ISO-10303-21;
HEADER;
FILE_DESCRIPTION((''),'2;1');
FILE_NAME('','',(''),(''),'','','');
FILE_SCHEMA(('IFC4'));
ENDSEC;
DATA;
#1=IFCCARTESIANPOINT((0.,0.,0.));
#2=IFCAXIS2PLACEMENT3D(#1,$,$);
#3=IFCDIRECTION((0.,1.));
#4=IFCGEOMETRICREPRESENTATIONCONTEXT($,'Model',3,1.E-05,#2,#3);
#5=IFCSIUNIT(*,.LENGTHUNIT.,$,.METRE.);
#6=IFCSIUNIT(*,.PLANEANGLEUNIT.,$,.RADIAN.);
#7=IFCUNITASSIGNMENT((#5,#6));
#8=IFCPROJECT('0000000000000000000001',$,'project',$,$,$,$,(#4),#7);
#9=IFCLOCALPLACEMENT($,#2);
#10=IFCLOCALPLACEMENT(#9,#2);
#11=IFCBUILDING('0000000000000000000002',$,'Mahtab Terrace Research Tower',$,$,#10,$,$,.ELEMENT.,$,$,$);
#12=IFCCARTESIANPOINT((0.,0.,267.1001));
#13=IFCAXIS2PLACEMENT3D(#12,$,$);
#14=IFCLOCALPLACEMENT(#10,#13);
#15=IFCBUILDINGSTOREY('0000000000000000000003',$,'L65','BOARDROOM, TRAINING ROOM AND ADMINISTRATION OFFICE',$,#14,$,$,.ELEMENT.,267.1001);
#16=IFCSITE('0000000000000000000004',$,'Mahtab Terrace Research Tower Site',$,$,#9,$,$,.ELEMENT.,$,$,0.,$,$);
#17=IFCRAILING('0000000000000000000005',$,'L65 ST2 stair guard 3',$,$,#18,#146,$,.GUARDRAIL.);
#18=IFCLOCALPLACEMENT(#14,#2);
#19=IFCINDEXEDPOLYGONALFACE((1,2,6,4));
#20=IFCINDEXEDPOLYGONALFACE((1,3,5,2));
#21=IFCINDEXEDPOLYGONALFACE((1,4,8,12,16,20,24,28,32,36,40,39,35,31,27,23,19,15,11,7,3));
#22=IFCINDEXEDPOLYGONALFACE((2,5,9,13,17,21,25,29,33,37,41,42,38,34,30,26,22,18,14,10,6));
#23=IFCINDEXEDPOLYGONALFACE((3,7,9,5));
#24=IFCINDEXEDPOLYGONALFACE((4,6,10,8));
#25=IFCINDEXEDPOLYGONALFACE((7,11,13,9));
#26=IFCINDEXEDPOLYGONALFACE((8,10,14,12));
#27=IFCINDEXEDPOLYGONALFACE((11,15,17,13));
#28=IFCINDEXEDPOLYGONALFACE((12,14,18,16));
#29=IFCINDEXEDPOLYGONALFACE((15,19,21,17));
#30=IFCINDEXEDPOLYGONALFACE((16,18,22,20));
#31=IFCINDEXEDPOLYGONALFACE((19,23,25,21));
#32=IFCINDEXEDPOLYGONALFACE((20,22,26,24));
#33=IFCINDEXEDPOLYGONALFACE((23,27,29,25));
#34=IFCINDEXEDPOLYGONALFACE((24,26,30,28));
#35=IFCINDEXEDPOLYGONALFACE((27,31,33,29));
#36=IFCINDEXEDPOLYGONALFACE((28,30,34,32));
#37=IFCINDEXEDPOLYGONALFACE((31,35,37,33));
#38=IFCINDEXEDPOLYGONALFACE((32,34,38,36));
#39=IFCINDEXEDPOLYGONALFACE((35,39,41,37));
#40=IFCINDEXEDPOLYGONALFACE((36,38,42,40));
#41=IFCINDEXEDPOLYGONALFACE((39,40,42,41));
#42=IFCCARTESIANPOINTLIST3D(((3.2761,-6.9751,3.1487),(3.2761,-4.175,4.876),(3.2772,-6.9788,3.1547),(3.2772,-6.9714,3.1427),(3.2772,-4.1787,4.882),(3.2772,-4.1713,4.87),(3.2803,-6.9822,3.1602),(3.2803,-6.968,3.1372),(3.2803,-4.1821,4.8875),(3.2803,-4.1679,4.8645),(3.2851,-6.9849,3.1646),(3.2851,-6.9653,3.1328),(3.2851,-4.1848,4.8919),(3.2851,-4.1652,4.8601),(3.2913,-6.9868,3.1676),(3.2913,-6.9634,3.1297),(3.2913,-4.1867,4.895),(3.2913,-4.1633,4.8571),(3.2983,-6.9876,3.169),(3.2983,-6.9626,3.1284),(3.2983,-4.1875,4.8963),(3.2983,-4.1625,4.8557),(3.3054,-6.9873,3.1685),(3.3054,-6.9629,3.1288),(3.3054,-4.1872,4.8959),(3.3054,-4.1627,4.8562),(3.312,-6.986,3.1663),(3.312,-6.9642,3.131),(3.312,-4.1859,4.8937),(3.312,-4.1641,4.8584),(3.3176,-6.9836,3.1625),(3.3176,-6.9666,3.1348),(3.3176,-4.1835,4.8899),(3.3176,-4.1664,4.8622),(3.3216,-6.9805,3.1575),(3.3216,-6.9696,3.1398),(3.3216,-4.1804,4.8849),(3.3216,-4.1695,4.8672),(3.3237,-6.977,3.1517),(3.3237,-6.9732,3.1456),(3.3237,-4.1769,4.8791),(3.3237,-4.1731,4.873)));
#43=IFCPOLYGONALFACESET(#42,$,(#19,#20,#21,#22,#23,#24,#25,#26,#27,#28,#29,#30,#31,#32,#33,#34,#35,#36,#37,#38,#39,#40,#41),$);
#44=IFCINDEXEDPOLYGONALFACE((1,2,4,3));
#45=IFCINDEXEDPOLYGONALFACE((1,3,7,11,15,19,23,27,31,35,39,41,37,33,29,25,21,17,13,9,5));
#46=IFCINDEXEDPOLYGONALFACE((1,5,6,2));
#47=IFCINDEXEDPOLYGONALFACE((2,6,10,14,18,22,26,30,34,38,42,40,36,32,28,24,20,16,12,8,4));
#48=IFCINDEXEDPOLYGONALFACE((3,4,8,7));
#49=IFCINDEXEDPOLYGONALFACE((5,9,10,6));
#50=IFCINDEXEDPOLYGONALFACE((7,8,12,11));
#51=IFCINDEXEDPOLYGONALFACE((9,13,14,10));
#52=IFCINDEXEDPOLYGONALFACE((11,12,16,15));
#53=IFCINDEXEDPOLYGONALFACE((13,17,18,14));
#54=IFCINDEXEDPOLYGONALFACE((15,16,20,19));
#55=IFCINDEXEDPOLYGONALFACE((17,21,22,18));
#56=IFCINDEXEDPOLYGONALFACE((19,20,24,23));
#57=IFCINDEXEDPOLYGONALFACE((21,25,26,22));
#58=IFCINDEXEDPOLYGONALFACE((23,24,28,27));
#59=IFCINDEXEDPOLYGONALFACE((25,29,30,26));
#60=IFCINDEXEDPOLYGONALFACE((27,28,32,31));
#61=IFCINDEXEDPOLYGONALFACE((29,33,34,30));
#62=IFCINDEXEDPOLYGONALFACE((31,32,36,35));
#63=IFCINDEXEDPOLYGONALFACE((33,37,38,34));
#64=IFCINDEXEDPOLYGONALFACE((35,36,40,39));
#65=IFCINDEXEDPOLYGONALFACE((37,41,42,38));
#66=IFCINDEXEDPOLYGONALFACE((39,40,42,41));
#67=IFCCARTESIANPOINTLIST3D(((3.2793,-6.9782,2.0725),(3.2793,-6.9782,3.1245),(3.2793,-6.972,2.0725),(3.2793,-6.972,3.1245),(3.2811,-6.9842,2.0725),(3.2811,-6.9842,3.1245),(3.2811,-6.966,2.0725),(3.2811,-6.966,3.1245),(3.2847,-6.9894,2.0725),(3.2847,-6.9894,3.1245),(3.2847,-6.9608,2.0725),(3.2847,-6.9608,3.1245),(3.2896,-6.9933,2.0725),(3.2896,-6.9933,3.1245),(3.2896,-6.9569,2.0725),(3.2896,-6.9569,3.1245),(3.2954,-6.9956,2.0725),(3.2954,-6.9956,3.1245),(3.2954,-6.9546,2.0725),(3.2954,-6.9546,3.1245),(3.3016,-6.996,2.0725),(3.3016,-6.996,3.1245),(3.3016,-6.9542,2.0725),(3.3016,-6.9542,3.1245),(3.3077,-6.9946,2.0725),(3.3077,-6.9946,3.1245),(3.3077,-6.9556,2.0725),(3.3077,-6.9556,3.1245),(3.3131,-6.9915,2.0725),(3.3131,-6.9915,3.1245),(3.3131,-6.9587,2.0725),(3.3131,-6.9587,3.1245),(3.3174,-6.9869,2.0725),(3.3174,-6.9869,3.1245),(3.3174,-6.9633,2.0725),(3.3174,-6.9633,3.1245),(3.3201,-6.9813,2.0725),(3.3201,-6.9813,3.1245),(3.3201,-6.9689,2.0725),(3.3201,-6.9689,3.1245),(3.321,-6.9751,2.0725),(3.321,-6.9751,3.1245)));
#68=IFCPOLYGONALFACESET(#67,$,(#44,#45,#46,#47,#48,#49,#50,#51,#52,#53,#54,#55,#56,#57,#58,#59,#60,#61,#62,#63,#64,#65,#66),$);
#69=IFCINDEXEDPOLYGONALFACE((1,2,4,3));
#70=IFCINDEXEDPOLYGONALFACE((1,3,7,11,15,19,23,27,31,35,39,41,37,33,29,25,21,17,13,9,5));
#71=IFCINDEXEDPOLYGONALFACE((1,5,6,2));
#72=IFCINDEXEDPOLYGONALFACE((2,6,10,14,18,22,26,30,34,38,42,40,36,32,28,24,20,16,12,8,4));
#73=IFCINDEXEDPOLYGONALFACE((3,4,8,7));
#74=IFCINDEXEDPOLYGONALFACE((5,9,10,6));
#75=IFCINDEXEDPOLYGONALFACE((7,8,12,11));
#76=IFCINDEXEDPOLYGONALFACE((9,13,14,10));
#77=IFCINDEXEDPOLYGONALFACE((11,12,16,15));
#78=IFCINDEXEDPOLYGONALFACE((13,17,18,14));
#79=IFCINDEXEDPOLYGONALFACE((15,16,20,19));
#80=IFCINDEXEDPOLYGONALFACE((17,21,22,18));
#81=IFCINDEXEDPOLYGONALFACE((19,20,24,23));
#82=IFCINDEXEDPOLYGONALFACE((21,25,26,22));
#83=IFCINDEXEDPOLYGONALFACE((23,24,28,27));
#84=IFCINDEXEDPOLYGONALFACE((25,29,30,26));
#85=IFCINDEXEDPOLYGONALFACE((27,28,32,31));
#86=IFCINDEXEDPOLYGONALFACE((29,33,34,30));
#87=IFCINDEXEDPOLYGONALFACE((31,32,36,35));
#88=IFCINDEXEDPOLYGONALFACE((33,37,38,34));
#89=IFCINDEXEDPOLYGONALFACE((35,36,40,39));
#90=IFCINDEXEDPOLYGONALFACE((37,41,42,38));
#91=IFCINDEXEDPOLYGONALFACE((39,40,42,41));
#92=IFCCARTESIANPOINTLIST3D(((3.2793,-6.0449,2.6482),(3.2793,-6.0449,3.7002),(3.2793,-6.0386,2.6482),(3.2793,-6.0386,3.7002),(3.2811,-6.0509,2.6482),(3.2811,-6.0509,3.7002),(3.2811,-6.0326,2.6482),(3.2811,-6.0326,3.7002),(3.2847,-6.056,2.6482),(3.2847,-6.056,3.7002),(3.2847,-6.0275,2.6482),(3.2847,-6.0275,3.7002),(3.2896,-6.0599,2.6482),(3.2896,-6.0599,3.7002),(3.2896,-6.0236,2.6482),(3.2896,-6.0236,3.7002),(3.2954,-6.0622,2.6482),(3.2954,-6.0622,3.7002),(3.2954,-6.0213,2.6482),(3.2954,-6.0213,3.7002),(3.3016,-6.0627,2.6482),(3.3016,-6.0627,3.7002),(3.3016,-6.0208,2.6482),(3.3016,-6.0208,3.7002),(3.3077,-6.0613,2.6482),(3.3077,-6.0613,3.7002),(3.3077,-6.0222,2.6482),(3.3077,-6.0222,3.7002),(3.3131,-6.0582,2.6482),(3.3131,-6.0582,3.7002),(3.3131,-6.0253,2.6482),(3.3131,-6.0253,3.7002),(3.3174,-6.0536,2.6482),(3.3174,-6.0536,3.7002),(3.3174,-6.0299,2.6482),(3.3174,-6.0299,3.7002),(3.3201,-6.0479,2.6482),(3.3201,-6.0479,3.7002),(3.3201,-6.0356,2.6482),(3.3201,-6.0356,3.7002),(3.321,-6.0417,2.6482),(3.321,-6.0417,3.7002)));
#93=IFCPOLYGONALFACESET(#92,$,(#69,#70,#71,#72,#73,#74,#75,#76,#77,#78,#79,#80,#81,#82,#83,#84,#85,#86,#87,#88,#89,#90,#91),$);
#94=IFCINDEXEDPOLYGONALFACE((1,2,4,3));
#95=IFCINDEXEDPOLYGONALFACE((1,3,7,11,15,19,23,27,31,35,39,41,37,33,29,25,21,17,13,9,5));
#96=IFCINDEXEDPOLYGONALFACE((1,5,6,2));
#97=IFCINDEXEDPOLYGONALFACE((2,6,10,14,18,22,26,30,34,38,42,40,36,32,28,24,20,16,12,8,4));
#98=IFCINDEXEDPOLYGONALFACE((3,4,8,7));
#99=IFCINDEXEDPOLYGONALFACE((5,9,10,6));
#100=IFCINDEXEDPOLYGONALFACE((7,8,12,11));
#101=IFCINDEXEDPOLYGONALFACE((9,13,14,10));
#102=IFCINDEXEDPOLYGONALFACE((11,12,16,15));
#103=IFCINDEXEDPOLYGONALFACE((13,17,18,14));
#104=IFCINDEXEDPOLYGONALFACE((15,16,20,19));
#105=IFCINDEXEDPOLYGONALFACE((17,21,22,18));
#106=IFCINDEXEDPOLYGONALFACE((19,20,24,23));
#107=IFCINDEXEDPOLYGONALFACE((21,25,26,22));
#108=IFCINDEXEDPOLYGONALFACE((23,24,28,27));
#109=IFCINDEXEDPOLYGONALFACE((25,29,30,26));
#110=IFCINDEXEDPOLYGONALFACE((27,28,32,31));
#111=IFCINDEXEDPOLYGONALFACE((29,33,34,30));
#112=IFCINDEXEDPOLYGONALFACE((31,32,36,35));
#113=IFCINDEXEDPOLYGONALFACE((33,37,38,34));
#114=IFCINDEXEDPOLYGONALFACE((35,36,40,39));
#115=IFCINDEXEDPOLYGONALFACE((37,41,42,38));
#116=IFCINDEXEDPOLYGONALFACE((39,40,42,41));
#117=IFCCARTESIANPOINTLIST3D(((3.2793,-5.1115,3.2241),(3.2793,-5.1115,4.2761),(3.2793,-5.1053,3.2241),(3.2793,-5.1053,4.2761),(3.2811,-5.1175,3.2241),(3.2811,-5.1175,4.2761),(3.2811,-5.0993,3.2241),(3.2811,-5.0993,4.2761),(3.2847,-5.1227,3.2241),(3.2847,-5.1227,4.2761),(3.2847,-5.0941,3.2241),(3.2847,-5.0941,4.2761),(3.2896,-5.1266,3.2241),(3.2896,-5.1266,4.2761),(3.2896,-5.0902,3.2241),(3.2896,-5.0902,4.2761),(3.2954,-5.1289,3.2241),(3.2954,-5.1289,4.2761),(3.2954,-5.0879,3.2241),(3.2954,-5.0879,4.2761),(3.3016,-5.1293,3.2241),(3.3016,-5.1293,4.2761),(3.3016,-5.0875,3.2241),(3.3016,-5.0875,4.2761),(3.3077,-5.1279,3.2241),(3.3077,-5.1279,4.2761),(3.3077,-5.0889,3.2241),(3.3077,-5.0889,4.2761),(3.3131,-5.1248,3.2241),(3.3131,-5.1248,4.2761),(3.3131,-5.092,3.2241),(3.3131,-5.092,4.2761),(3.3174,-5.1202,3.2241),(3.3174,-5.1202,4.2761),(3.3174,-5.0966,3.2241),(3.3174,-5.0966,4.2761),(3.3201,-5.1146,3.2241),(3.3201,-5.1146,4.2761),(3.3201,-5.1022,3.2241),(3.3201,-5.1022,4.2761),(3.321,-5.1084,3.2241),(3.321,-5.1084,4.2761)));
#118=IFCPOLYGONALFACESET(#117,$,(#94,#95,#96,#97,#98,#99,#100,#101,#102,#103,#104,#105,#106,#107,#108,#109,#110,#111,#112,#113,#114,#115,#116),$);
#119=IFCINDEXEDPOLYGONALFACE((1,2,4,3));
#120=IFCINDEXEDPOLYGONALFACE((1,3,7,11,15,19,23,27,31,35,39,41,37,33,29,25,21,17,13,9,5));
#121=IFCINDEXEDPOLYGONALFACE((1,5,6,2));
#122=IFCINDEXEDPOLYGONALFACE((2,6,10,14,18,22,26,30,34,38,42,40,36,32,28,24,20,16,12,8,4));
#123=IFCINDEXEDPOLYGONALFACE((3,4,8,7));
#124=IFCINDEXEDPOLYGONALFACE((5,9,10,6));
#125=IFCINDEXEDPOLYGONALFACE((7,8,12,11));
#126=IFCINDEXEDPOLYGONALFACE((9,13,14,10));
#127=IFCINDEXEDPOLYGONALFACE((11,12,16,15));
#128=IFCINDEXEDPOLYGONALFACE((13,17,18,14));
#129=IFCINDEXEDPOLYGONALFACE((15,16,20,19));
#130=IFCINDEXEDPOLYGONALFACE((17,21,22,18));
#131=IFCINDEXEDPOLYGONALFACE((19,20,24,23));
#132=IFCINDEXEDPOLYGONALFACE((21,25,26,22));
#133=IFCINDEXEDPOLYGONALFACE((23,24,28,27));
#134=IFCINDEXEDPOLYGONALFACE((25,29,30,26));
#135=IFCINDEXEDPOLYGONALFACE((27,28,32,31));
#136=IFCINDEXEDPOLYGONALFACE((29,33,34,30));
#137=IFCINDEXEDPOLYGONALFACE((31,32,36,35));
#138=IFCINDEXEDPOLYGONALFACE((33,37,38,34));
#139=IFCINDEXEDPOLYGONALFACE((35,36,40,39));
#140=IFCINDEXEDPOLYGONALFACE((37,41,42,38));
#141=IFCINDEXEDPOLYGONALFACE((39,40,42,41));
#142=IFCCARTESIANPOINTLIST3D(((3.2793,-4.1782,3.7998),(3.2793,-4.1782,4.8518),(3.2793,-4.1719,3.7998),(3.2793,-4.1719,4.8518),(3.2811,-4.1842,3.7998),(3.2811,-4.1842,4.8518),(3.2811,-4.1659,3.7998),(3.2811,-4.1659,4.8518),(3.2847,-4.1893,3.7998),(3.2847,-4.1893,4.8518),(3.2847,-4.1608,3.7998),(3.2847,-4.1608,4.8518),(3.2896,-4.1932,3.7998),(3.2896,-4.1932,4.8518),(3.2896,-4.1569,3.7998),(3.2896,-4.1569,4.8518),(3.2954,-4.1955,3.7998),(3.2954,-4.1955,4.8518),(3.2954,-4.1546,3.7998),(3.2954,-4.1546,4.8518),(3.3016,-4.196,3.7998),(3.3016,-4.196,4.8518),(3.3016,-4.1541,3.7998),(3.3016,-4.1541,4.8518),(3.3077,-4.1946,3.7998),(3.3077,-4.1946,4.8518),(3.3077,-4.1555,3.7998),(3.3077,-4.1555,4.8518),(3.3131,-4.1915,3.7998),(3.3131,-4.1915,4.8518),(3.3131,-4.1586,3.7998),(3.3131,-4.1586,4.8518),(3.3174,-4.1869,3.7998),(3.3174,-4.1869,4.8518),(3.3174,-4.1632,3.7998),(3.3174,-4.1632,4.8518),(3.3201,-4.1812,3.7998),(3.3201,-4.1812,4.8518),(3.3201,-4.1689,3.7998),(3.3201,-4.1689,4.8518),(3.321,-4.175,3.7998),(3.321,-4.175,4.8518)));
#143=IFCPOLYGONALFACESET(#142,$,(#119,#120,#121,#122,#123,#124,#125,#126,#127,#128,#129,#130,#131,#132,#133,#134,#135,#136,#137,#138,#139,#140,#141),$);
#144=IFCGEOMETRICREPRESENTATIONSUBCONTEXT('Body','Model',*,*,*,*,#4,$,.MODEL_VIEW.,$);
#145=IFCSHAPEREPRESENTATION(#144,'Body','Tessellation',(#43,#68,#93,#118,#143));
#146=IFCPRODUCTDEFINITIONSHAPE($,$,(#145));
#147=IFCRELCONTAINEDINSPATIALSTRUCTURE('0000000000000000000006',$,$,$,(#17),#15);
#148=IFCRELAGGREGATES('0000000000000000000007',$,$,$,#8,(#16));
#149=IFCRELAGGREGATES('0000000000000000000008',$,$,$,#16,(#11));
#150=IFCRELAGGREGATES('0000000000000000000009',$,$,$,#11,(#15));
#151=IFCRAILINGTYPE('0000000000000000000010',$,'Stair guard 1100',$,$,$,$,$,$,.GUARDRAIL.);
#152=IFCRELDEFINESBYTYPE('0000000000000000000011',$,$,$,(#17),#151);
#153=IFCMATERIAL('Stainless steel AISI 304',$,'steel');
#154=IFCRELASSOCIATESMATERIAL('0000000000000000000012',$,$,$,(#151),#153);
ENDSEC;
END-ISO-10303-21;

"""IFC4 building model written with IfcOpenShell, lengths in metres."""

from ifc_helpers import new_model, si_unit, direction, frame, origin, origin_2d, place, context, subcontext, project, spatial, circle, extrude, material, type_object, element, save


model = new_model("IFC4")

# Units and contexts
model_context = context("Model", 3, precision=1e-05, world=origin(), true_north=direction((0.0, 1.0)))
body_context = subcontext(model_context, "Body", "Model", "MODEL_VIEW")
ifc_project = project(units=[si_unit("LENGTHUNIT", "METRE"), si_unit("PLANEANGLEUNIT", "RADIAN")], contexts=[model_context])

# Site, building, storey
site_placement = place(None, origin())
site = spatial("IfcSite", under=ifc_project, at=site_placement, Name="Mahtab Terrace Research Tower Site", CompositionType="ELEMENT", RefElevation=0.0)
building_placement = place(site_placement, origin())
building = spatial("IfcBuilding", under=site, at=building_placement, Name="Mahtab Terrace Research Tower", CompositionType="ELEMENT")
storey_placement = place(building_placement, frame((0.0, 0.0, 267.1001)))
storey = spatial("IfcBuildingStorey", under=building, at=storey_placement, Name="L65", Description="BOARDROOM, TRAINING ROOM AND ADMINISTRATION OFFICE", CompositionType="ELEMENT", Elevation=267.1001)

# Railing
ifc_material_1 = material(Name="Stainless steel AISI 304", Category="steel")
railing_type_1 = type_object("IfcRailingType", Name="Stair guard 1100", PredefinedType="GUARDRAIL", material=ifc_material_1)
railing_1_placement = place(storey_placement, frame((3.3, -6.9751, 2.0725)))
element("IfcRailing", 1, at=railing_1_placement, inside=storey, type_object=railing_type_1, Name="L65 ST2 stair guard 3", PredefinedType="GUARDRAIL", context=body_context, shape_type="SweptSolid", body=[
    extrude(circle(Radius=0.0239, at=origin_2d()), frame((0.0, 0.0, 1.0762), z_axis=(0.0, 0.85109, 0.52502), x_axis=(-1.0, 0.0, 0.0)), (0.0, 0.0, 1.0), 3.29),
    extrude(circle(Radius=0.021, at=origin_2d()), origin(), (0.0, 0.0, 1.0), 1.052),
    extrude(circle(Radius=0.021, at=origin_2d()), frame((0.0, 0.9333, 0.5757)), (0.0, 0.0, 1.0), 1.052),
    extrude(circle(Radius=0.021, at=origin_2d()), frame((0.0, 1.8667, 1.1516)), (0.0, 0.0, 1.0), 1.052),
    extrude(circle(Radius=0.021, at=origin_2d()), frame((0.0, 2.8, 1.7273)), (0.0, 0.0, 1.0), 1.052),
])

save(model, "model.ifc")
